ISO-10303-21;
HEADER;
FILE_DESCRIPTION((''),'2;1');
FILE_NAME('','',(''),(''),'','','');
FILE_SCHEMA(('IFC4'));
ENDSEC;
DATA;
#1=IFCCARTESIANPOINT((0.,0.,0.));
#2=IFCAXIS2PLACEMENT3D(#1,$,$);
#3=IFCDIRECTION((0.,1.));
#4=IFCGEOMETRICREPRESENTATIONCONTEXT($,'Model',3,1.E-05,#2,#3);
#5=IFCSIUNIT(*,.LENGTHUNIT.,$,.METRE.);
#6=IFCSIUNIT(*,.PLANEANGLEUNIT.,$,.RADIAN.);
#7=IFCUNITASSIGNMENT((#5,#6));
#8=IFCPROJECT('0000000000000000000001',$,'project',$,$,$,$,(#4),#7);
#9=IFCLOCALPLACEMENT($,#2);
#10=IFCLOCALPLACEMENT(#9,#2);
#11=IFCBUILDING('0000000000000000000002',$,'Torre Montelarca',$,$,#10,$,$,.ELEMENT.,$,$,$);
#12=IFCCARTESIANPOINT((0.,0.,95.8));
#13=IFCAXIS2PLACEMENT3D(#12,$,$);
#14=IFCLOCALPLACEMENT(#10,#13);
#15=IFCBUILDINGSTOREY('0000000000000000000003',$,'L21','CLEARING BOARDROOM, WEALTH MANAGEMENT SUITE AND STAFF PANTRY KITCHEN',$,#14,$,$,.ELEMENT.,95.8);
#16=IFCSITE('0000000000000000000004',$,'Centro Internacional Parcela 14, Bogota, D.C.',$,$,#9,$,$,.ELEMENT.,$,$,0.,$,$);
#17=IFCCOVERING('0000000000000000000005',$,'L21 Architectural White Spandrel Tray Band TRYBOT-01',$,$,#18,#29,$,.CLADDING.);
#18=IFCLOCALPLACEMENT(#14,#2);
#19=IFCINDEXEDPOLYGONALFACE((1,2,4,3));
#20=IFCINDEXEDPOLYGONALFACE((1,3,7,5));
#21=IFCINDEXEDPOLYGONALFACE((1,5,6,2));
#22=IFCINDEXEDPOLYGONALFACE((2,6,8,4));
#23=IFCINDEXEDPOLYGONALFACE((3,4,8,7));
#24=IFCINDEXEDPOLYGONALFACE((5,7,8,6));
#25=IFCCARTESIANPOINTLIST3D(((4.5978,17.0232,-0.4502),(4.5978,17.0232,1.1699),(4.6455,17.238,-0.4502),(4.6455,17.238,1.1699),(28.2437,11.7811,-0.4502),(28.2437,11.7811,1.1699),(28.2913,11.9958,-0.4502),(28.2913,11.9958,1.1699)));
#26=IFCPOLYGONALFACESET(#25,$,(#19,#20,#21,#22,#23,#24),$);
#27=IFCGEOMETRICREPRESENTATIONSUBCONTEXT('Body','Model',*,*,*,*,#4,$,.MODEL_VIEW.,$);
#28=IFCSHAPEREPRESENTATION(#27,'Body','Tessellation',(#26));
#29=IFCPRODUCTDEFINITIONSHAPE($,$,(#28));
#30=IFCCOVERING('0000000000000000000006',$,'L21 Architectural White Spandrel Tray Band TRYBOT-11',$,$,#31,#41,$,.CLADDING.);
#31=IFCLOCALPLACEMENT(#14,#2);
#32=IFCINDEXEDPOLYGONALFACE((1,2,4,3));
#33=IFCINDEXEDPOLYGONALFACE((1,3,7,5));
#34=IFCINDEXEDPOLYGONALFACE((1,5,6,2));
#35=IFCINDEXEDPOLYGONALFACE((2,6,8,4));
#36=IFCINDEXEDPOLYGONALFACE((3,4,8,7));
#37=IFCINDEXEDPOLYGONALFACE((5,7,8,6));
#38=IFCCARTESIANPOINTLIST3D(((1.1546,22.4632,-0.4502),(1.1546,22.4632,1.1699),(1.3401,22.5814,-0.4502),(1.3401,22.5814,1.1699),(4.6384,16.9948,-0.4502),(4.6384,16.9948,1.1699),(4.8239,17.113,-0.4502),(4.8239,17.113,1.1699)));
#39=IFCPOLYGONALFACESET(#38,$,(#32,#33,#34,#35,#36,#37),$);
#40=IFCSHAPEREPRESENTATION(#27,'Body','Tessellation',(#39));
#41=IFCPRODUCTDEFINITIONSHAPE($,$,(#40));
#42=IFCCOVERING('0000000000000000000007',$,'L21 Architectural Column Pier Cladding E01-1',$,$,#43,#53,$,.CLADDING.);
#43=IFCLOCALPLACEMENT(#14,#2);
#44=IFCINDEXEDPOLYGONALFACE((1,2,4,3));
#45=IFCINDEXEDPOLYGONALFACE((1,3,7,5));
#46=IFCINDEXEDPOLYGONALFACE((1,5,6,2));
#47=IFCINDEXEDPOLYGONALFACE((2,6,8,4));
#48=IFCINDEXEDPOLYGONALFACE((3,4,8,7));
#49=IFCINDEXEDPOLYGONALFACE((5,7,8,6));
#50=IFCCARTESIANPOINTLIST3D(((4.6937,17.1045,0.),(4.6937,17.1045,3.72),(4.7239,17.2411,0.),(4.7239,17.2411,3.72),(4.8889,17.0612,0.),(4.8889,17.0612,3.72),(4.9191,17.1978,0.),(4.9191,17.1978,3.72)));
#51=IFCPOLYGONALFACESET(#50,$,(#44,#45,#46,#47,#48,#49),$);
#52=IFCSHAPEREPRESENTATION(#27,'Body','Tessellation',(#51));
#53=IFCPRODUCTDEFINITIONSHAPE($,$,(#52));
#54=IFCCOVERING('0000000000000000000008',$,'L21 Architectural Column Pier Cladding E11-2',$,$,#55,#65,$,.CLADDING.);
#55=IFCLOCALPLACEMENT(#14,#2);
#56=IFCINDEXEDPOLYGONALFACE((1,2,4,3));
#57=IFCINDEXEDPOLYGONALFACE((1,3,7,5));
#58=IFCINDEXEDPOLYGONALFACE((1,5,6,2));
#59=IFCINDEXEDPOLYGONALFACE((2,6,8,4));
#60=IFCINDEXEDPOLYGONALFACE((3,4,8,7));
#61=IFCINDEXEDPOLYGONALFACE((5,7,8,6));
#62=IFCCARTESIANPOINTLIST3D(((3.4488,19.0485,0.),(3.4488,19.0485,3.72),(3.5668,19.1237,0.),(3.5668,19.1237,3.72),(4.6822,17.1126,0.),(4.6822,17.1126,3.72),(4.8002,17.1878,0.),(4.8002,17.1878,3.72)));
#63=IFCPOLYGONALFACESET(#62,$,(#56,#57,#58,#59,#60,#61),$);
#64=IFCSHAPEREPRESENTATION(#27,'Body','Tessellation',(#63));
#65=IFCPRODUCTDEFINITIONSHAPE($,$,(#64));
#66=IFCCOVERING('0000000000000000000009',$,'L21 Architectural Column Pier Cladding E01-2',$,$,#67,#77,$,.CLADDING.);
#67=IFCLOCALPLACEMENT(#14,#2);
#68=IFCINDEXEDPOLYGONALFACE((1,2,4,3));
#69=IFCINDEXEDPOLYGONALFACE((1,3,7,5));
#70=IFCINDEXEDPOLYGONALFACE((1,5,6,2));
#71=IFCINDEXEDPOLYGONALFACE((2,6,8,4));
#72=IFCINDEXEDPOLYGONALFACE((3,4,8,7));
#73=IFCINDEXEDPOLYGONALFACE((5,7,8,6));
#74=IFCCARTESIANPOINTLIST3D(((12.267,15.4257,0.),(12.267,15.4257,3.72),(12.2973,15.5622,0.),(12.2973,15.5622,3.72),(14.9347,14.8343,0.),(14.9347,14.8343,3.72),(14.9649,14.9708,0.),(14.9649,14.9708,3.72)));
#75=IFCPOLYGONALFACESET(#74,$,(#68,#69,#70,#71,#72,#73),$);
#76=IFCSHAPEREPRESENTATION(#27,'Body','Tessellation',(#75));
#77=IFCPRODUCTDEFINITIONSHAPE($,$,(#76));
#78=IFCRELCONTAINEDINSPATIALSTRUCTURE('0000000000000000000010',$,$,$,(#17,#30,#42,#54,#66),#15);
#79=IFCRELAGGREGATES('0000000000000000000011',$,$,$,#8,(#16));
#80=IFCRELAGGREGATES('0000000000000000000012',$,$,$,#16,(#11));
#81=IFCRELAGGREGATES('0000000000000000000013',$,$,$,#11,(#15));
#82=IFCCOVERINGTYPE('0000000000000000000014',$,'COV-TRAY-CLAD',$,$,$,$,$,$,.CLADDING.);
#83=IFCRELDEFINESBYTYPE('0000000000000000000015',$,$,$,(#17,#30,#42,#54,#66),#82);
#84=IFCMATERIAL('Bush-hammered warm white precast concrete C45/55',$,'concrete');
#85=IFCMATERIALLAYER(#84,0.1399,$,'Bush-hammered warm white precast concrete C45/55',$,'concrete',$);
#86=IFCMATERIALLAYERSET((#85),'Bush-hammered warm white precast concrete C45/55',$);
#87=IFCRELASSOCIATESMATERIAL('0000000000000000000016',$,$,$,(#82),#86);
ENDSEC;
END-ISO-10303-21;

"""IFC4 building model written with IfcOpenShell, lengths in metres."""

from ifc_helpers import new_model, si_unit, direction, frame, origin, origin_2d, place, context, subcontext, project, spatial, rectangle, extrude, source, transform, mapped, material, layer, layer_set, type_object, element, save


model = new_model("IFC4")

# Units and contexts
model_context = context("Model", 3, precision=1e-05, world=origin(), true_north=direction((0.0, 1.0)))
body_context = subcontext(model_context, "Body", "Model", "MODEL_VIEW")
ifc_project = project(units=[si_unit("LENGTHUNIT", "METRE"), si_unit("PLANEANGLEUNIT", "RADIAN")], contexts=[model_context])

# Site, building, storey
site_placement = place(None, origin())
site = spatial("IfcSite", under=ifc_project, at=site_placement, Name="Centro Internacional Parcela 14, Bogota, D.C.", CompositionType="ELEMENT", RefElevation=0.0)
building_placement = place(site_placement, origin())
building = spatial("IfcBuilding", under=site, at=building_placement, Name="Torre Montelarca", CompositionType="ELEMENT")
storey_placement = place(building_placement, frame((0.0, 0.0, 95.8)))
storey = spatial("IfcBuildingStorey", under=building, at=storey_placement, Name="L21", Description="CLEARING BOARDROOM, WEALTH MANAGEMENT SUITE AND STAFF PANTRY KITCHEN", CompositionType="ELEMENT", Elevation=95.8)

# Coverings
ifc_material_1 = material(Name="Bush-hammered warm white precast concrete C45/55", Category="concrete")
ifc_layer_1 = layer(ifc_material_1, 0.1399, Name="Bush-hammered warm white precast concrete C45/55", Category="concrete")
ifc_layer_set_1 = layer_set([ifc_layer_1], Name="Bush-hammered warm white precast concrete C45/55")
covering_type = type_object("IfcCoveringType", Name="COV-TRAY-CLAD", PredefinedType="CLADDING", material=ifc_layer_set_1)
shared_shape_1 = source(origin(), body_context, "Body", "SweptSolid", [
    extrude(rectangle(XDim=24.22, YDim=0.22, at=origin_2d()), origin(), (0.0, 0.0, 1.0), 1.6201),
])
covering_1_placement = place(storey_placement, frame((16.4446, 14.5095, -0.4502), z_axis=(0.0, 0.0, 1.0), x_axis=(0.976296, -0.21644, 0.0)))
element("IfcCovering", 1, at=covering_1_placement, inside=storey, type_object=covering_type, Name="L21 Architectural White Spandrel Tray Band TRYBOT-01", PredefinedType="CLADDING", context=body_context, shape_type="MappedRepresentation", body=[
    mapped(shared_shape_1, transform((0.0, 0.0, 0.0), scale=1.0)),
])
shared_shape_2 = source(origin(), body_context, "Body", "SweptSolid", [
    extrude(rectangle(XDim=6.4839, YDim=0.22, at=origin_2d()), origin(), (0.0, 0.0, 1.0), 1.6201),
])
covering_2_placement = place(storey_placement, frame((2.9893, 19.7881, -0.4502), z_axis=(0.0, 0.0, 1.0), x_axis=(0.537305, -0.843388, 0.0)))
element("IfcCovering", 2, at=covering_2_placement, inside=storey, type_object=covering_type, Name="L21 Architectural White Spandrel Tray Band TRYBOT-11", PredefinedType="CLADDING", context=body_context, shape_type="MappedRepresentation", body=[
    mapped(shared_shape_2, transform((0.0, 0.0, 0.0), scale=1.0)),
])
shared_shape_3 = source(origin(), body_context, "Body", "SweptSolid", [
    extrude(rectangle(XDim=0.2, YDim=0.1399, at=origin_2d()), origin(), (0.0, 0.0, 1.0), 3.72),
])
covering_3_placement = place(storey_placement, frame((4.8064, 17.1511, 0.0), z_axis=(0.0, 0.0, 1.0), x_axis=(0.976296, -0.21644, 0.0)))
element("IfcCovering", 3, at=covering_3_placement, inside=storey, type_object=covering_type, Name="L21 Architectural Column Pier Cladding E01-1", PredefinedType="CLADDING", context=body_context, shape_type="MappedRepresentation", body=[
    mapped(shared_shape_3, transform((0.0, 0.0, 0.0), scale=1.0)),
])
shared_shape_4 = source(origin(), body_context, "Body", "SweptSolid", [
    extrude(rectangle(XDim=2.2954, YDim=0.1399, at=origin_2d()), origin(), (0.0, 0.0, 1.0), 3.72),
])
covering_4_placement = place(storey_placement, frame((4.1245, 18.1182, 0.0), z_axis=(0.0, 0.0, 1.0), x_axis=(0.537314, -0.843382, 0.0)))
element("IfcCovering", 4, at=covering_4_placement, inside=storey, type_object=covering_type, Name="L21 Architectural Column Pier Cladding E11-2", PredefinedType="CLADDING", context=body_context, shape_type="MappedRepresentation", body=[
    mapped(shared_shape_4, transform((0.0, 0.0, 0.0), scale=1.0)),
])
shared_shape_5 = source(origin(), body_context, "Body", "SweptSolid", [
    extrude(rectangle(XDim=2.7324, YDim=0.1399, at=origin_2d()), origin(), (0.0, 0.0, 1.0), 3.72),
])
covering_5_placement = place(storey_placement, frame((13.616, 15.1982, 0.0), z_axis=(0.0, 0.0, 1.0), x_axis=(0.976296, -0.21644, 0.0)))
element("IfcCovering", 5, at=covering_5_placement, inside=storey, type_object=covering_type, Name="L21 Architectural Column Pier Cladding E01-2", PredefinedType="CLADDING", context=body_context, shape_type="MappedRepresentation", body=[
    mapped(shared_shape_5, transform((0.0, 0.0, 0.0), scale=1.0)),
])

save(model, "model.ifc")
